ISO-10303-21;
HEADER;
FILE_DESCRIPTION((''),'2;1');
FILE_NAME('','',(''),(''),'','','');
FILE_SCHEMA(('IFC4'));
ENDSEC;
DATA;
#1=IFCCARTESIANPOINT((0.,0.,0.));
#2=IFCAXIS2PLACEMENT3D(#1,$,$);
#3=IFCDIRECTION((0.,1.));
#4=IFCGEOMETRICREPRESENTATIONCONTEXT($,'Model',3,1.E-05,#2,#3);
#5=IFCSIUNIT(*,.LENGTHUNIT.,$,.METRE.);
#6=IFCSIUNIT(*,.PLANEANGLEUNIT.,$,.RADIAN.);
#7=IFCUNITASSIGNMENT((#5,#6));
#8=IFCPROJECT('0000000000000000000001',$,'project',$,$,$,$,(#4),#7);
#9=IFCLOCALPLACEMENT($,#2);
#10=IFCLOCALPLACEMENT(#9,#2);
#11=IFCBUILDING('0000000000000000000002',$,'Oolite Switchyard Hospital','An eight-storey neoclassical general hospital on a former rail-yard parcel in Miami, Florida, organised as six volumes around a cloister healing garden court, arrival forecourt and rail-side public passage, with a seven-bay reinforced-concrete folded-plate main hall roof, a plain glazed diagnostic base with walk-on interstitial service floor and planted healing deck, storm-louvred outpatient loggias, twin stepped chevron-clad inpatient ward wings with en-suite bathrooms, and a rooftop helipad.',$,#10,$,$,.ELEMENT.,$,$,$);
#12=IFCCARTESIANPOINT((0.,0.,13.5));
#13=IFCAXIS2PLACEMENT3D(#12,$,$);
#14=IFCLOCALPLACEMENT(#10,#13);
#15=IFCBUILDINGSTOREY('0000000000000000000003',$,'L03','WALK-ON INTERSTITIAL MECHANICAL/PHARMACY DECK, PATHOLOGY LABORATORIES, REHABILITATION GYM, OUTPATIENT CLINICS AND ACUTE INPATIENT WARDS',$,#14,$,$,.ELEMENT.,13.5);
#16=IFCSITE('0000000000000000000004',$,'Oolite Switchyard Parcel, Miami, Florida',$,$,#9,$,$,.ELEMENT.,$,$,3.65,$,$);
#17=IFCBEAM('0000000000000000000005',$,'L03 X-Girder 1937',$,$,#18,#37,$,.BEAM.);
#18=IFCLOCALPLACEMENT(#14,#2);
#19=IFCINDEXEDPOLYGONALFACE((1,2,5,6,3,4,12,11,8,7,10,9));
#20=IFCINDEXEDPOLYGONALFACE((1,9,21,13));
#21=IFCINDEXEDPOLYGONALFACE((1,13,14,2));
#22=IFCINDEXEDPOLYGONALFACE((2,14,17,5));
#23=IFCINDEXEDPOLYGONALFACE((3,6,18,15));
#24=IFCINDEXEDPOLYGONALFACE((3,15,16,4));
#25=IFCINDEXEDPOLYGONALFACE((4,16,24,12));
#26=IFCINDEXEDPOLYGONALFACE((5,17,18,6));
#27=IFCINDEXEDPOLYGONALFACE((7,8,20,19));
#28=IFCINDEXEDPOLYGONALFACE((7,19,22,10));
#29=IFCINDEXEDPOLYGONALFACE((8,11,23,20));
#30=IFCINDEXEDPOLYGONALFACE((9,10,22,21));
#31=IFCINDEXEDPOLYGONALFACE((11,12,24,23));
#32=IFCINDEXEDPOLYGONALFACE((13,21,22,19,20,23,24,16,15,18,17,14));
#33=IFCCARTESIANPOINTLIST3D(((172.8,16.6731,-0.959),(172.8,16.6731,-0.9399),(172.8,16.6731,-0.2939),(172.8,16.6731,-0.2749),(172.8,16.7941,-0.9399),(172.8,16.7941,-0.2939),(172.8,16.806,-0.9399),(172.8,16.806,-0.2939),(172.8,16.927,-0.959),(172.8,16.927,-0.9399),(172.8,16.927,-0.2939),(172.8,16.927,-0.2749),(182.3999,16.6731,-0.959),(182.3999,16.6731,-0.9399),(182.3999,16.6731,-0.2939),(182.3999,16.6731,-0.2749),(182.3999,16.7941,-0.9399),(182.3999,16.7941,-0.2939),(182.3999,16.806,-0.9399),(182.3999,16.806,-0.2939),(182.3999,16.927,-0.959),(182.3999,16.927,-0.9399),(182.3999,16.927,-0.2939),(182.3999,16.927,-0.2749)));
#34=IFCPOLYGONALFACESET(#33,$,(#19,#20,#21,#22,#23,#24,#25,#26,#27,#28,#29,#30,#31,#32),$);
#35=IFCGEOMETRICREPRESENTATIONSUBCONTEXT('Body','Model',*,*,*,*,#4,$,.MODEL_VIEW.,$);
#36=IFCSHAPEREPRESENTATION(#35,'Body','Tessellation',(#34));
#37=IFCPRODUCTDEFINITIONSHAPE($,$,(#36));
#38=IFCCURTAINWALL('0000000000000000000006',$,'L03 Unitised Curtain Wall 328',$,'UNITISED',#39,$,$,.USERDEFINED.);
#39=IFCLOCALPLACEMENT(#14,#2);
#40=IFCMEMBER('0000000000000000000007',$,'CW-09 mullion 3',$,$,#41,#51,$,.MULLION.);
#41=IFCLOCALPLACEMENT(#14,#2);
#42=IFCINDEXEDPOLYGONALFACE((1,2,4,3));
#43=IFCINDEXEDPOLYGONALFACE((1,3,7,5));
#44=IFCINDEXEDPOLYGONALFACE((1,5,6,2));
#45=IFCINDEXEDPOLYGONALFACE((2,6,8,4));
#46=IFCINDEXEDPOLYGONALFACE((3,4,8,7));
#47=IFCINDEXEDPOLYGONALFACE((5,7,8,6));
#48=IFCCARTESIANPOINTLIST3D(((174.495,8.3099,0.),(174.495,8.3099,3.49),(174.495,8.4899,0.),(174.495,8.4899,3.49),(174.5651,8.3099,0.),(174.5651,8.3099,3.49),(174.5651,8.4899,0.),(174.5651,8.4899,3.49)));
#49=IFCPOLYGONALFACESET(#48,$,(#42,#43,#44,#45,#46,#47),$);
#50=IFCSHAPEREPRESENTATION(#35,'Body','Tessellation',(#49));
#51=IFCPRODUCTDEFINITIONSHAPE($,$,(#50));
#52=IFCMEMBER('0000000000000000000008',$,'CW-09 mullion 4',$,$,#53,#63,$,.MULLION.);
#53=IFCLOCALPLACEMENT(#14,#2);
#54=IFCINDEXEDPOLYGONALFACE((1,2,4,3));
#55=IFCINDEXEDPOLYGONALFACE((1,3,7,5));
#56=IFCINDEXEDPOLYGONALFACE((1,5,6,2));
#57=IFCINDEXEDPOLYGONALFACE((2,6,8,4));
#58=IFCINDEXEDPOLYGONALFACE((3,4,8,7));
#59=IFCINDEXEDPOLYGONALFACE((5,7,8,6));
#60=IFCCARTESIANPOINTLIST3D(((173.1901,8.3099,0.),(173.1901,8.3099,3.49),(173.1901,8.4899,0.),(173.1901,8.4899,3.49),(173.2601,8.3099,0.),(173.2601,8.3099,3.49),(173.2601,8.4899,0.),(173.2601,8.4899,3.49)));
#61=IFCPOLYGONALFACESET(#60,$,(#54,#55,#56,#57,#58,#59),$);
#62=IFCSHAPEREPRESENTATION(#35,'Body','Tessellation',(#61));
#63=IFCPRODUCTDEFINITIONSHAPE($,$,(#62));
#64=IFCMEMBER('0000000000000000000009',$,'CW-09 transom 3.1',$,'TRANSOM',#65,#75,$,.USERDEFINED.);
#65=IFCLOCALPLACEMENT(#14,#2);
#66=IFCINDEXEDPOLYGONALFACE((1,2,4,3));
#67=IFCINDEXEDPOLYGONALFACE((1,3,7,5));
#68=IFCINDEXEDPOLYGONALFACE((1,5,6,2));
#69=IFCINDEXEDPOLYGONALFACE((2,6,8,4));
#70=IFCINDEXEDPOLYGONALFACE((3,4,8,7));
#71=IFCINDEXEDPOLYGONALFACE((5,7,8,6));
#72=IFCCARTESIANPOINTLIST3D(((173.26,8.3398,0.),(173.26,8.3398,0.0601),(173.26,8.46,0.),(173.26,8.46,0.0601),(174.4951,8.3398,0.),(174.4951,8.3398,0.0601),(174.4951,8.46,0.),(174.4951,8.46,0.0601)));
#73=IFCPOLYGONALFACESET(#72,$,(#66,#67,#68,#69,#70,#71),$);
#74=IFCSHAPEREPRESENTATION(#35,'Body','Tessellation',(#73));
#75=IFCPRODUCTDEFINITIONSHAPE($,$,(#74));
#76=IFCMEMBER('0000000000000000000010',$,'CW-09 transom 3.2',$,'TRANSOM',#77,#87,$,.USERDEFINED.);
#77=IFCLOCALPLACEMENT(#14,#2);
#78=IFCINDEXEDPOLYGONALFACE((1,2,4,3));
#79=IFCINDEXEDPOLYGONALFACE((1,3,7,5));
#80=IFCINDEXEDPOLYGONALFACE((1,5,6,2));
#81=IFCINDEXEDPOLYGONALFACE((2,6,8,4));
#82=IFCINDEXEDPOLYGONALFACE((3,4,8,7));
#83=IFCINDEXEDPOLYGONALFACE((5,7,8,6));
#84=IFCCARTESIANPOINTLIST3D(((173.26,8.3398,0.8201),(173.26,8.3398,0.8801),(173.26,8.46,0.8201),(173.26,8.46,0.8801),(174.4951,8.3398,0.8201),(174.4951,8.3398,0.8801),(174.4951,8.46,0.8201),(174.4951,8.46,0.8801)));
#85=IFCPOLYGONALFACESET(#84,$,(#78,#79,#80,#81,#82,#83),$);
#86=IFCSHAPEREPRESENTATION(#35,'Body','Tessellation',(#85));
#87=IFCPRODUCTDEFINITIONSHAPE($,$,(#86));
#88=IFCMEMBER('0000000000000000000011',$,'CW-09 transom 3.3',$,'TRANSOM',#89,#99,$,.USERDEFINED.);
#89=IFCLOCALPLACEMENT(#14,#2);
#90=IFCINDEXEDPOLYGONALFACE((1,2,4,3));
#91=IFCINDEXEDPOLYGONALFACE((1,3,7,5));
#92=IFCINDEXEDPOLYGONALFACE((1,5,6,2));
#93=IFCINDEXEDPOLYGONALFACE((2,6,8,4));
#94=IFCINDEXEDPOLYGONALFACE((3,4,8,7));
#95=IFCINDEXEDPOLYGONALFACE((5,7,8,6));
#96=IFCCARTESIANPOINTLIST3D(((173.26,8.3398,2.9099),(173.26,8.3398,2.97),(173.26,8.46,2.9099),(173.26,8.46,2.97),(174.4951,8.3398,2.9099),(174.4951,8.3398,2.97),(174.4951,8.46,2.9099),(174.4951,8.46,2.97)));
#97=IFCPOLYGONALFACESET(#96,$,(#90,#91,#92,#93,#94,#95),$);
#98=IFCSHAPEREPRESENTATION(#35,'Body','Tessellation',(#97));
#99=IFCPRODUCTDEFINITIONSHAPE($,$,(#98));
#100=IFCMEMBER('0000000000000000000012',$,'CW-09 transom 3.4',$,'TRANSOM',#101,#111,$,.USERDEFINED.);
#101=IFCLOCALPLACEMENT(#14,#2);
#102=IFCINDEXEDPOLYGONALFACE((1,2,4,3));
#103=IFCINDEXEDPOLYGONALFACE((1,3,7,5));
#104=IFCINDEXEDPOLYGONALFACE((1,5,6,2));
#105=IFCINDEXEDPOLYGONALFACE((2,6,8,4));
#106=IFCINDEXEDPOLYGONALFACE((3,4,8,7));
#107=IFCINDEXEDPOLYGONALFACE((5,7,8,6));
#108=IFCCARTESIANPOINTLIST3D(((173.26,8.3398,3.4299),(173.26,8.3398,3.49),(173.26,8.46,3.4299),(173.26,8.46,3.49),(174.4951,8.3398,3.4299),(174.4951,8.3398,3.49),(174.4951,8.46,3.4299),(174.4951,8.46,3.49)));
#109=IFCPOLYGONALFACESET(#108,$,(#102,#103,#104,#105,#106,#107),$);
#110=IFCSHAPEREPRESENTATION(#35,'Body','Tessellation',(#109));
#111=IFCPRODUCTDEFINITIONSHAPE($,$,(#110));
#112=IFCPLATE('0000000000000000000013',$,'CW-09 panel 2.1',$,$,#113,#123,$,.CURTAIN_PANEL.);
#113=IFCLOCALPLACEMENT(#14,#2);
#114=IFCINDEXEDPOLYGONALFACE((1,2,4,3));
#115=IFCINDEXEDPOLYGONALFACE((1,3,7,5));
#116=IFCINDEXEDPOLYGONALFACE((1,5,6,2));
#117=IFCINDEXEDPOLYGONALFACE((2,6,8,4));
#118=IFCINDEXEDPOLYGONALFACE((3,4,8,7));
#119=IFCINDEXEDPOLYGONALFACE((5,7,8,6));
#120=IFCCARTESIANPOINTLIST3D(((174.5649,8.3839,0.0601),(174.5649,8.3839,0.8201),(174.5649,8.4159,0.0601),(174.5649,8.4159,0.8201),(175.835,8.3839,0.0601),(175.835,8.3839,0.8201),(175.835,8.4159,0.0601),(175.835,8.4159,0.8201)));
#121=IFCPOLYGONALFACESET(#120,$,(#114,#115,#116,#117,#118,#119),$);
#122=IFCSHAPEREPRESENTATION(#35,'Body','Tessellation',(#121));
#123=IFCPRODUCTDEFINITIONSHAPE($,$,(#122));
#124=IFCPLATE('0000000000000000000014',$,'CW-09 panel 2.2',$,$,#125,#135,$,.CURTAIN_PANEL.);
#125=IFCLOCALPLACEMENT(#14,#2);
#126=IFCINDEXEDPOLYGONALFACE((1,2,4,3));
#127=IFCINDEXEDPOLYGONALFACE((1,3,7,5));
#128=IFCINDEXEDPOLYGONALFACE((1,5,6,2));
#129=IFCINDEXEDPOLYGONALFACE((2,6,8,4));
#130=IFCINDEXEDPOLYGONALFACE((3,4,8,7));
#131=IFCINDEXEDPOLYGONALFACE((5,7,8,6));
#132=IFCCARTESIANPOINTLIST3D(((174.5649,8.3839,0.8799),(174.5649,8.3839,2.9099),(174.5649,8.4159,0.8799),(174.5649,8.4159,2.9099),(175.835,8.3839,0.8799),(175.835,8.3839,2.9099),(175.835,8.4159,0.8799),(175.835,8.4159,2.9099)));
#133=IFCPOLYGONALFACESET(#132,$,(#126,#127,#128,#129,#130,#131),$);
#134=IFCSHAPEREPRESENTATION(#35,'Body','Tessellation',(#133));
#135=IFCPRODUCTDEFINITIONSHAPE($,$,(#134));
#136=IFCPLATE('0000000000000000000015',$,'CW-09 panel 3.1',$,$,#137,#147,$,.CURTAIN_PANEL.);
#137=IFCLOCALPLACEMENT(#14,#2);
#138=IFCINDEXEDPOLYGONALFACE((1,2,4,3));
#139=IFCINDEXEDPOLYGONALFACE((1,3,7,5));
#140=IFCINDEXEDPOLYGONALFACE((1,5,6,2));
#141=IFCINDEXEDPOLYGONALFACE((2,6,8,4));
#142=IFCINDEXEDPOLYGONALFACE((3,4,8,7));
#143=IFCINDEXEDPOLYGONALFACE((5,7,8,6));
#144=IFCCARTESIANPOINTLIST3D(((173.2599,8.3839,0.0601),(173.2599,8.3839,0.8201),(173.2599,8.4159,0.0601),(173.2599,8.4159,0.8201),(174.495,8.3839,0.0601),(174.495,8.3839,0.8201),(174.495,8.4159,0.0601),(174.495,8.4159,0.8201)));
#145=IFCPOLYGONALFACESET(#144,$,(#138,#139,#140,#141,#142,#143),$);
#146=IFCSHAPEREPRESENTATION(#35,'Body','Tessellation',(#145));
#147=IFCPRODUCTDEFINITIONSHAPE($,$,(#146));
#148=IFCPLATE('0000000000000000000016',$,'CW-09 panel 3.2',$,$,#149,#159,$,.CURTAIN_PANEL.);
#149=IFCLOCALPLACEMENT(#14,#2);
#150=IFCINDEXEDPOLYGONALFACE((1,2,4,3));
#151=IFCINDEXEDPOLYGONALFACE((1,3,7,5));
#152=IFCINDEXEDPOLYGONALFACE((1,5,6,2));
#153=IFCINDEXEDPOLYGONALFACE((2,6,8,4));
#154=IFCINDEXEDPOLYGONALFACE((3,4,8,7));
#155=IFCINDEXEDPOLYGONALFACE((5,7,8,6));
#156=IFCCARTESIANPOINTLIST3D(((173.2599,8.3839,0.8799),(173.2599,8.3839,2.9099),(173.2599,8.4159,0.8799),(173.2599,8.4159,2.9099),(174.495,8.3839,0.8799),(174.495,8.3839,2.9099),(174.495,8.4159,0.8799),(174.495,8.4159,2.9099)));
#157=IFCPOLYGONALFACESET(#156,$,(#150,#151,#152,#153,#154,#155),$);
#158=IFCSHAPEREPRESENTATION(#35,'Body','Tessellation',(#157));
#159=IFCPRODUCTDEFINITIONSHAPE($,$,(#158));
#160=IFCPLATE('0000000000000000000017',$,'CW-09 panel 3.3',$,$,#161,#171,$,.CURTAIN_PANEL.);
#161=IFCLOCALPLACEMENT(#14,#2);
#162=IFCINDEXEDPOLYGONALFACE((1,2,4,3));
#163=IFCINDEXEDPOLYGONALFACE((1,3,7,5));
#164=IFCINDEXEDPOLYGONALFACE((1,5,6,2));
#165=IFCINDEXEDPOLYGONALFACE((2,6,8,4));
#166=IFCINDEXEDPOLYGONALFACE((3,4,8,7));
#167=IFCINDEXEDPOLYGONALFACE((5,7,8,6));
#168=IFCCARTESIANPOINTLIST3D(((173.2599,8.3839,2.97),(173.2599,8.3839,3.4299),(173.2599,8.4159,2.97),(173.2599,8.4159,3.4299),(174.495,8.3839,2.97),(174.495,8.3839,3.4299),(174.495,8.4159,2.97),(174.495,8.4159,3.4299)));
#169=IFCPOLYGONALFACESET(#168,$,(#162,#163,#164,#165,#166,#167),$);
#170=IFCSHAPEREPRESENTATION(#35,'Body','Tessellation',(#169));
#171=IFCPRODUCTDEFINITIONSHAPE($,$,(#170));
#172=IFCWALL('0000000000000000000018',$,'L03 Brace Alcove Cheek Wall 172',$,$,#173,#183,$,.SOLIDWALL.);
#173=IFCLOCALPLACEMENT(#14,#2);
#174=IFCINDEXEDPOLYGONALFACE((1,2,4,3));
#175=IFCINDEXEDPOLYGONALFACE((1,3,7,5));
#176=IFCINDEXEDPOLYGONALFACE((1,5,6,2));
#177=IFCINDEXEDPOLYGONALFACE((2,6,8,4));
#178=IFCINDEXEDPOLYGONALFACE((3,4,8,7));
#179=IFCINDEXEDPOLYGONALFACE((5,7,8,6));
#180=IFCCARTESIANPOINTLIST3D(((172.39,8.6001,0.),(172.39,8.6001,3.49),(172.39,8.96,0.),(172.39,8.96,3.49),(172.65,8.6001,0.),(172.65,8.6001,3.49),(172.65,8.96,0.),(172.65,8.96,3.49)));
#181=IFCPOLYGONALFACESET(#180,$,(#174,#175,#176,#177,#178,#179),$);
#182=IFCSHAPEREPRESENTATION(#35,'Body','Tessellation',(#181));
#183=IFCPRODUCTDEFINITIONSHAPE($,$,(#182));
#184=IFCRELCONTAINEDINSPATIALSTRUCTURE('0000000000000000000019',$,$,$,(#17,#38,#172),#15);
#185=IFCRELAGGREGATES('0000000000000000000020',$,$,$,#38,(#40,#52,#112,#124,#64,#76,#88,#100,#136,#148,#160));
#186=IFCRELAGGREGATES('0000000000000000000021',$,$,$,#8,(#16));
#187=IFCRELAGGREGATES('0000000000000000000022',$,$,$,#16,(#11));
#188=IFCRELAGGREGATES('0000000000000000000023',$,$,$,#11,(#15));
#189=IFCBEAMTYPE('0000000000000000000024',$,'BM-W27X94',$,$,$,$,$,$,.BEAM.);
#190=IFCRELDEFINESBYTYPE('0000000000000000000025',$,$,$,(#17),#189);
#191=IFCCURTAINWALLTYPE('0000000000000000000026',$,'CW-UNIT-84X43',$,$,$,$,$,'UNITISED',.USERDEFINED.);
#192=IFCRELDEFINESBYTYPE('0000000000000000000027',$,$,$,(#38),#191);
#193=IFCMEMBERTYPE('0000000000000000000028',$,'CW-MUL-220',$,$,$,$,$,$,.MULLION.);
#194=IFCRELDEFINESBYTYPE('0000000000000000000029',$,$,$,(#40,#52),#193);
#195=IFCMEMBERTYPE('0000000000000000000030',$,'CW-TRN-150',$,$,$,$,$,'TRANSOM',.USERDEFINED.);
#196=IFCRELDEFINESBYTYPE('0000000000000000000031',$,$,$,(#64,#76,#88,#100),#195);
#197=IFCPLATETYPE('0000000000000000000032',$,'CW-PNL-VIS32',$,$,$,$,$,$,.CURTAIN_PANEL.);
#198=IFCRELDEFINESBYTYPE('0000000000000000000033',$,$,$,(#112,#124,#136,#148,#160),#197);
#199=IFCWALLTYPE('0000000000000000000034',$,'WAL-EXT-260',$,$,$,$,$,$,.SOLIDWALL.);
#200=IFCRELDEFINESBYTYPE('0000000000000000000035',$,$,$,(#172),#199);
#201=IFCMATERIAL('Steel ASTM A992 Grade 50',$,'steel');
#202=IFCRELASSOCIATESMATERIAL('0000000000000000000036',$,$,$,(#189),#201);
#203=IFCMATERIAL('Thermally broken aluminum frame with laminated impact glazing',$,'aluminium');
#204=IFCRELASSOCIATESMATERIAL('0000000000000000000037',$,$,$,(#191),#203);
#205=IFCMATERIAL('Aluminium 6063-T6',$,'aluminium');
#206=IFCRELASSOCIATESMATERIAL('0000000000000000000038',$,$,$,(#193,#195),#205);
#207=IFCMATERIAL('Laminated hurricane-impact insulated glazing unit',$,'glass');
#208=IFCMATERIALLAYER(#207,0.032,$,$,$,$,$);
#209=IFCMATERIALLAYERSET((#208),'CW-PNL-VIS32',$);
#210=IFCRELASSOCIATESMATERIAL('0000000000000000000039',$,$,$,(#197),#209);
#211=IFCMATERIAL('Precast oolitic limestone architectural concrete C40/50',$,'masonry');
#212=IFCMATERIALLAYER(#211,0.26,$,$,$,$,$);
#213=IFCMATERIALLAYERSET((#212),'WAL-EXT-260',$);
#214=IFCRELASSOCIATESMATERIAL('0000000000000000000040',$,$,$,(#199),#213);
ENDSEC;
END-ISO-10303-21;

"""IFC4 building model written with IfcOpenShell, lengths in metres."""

from ifc_helpers import new_model, si_unit, direction, frame, frame_2d, origin, origin_2d, place, context, subcontext, project, spatial, rectangle, i_section, extrude, material, layer, layer_set, material_profile, profile_set, type_object, element, aggregate, save


model = new_model("IFC4")

# Units and contexts
model_context = context("Model", 3, precision=1e-05, world=origin(), true_north=direction((0.0, 1.0)))
body_context = subcontext(model_context, "Body", "Model", "MODEL_VIEW")
ifc_project = project(units=[si_unit("LENGTHUNIT", "METRE"), si_unit("PLANEANGLEUNIT", "RADIAN")], contexts=[model_context])

# Site, building, storey
site_placement = place(None, origin())
site = spatial("IfcSite", under=ifc_project, at=site_placement, Name="Oolite Switchyard Parcel, Miami, Florida", CompositionType="ELEMENT", RefElevation=3.65)
building_placement = place(site_placement, origin())
building = spatial("IfcBuilding", under=site, at=building_placement, Name="Oolite Switchyard Hospital", Description="An eight-storey neoclassical general hospital on a former rail-yard parcel in Miami, Florida, organised as six volumes around a cloister healing garden court, arrival forecourt and rail-side public passage, with a seven-bay reinforced-concrete folded-plate main hall roof, a plain glazed diagnostic base with walk-on interstitial service floor and planted healing deck, storm-louvred outpatient loggias, twin stepped chevron-clad inpatient ward wings with en-suite bathrooms, and a rooftop helipad.", CompositionType="ELEMENT")
storey_placement = place(building_placement, frame((0.0, 0.0, 13.5)))
storey = spatial("IfcBuildingStorey", under=building, at=storey_placement, Name="L03", Description="WALK-ON INTERSTITIAL MECHANICAL/PHARMACY DECK, PATHOLOGY LABORATORIES, REHABILITATION GYM, OUTPATIENT CLINICS AND ACUTE INPATIENT WARDS", CompositionType="ELEMENT", Elevation=13.5)

# Beam
ifc_material_1 = material(Name="Steel ASTM A992 Grade 50", Category="steel")
ifc_material_profile_1 = material_profile(ifc_material_1, i_section(OverallWidth=0.2539, OverallDepth=0.6841, WebThickness=0.012, FlangeThickness=0.019, at=origin_2d()), Name="W27X94")
ifc_profile_set_1 = profile_set([ifc_material_profile_1], Name="Steel ASTM A992 Grade 50")
beam_type_1 = type_object("IfcBeamType", Name="BM-W27X94", PredefinedType="BEAM", material=ifc_profile_set_1)
for number, where, z_axis, x_axis, name in (
    (1, (172.8, 16.8, -0.6169), (1.0, 0.0, 0.0), (0.0, 1.0, 0.0), "L03 X-Girder 1937"),
):
    element("IfcBeam", number, at=place(storey_placement, frame(where, z_axis=z_axis, x_axis=x_axis)), inside=storey, type_object=beam_type_1, Name=name, PredefinedType="BEAM", context=body_context, shape_type="SweptSolid", body=[
        extrude(i_section(OverallWidth=0.2539, OverallDepth=0.6841, WebThickness=0.012, FlangeThickness=0.019, at=origin_2d()), origin(), (0.0, 0.0, 1.0), 9.5999),
    ])

# Curtain wall, members, plates
ifc_material_2 = material(Name="Thermally broken aluminum frame with laminated impact glazing", Category="aluminium")
curtain_wall_type = type_object("IfcCurtainWallType", Name="CW-UNIT-84X43", ElementType="UNITISED", PredefinedType="USERDEFINED", material=ifc_material_2)
curtain_wall_placement = place(storey_placement, origin())
curtain_wall = element("IfcCurtainWall", 2, at=curtain_wall_placement, inside=storey, type_object=curtain_wall_type, Name="L03 Unitised Curtain Wall 328", ObjectType="UNITISED", PredefinedType="USERDEFINED")
ifc_material_3 = material(Name="Aluminium 6063-T6", Category="aluminium")
ifc_material_profile_2 = material_profile(ifc_material_3, rectangle(XDim=0.1799, YDim=0.0701, at=origin_2d()), Name="CWM70X180")
ifc_profile_set_2 = profile_set([ifc_material_profile_2], Name="Aluminium 6063-T6")
member_type_1 = type_object("IfcMemberType", Name="CW-MUL-220", PredefinedType="MULLION", material=ifc_profile_set_2)
member_1_placement = place(storey_placement, frame((174.53, 8.3999, 0.0), z_axis=(0.0, 0.0, 1.0), x_axis=(0.0, -1.0, 0.0)))
member_1 = element("IfcMember", 3, at=member_1_placement, type_object=member_type_1, Name="CW-09 mullion 3", PredefinedType="MULLION", context=body_context, shape_type="SweptSolid", body=[
    extrude(rectangle(XDim=0.1799, YDim=0.0701, at=origin_2d()), origin(), (0.0, 0.0, 1.0), 3.49),
])
member_2_placement = place(storey_placement, frame((173.2251, 8.3999, 0.0), z_axis=(0.0, 0.0, 1.0), x_axis=(0.0, -1.0, 0.0)))
member_2 = element("IfcMember", 4, at=member_2_placement, type_object=member_type_1, Name="CW-09 mullion 4", PredefinedType="MULLION", context=body_context, shape_type="SweptSolid", body=[
    extrude(rectangle(XDim=0.1799, YDim=0.0701, at=origin_2d()), origin(), (0.0, 0.0, 1.0), 3.49),
])
ifc_material_profile_3 = material_profile(ifc_material_3, rectangle(XDim=0.1201, YDim=0.0601, at=origin_2d()), Name="CWT60X120")
ifc_profile_set_3 = profile_set([ifc_material_profile_3], Name="Aluminium 6063-T6")
member_type_2 = type_object("IfcMemberType", Name="CW-TRN-150", ElementType="TRANSOM", PredefinedType="USERDEFINED", material=ifc_profile_set_3)
member_3_placement = place(storey_placement, frame((174.4951, 8.3999, 0.03), z_axis=(-1.0, 0.0, 0.0), x_axis=(0.0, -1.0, 0.0)))
member_3 = element("IfcMember", 5, at=member_3_placement, type_object=member_type_2, Name="CW-09 transom 3.1", ObjectType="TRANSOM", PredefinedType="USERDEFINED", context=body_context, shape_type="SweptSolid", body=[
    extrude(rectangle(XDim=0.1201, YDim=0.0601, at=origin_2d()), origin(), (0.0, 0.0, 1.0), 1.2351),
])
member_4_placement = place(storey_placement, frame((174.4951, 8.3999, 0.8501), z_axis=(-1.0, 0.0, 0.0), x_axis=(0.0, -1.0, 0.0)))
member_4 = element("IfcMember", 6, at=member_4_placement, type_object=member_type_2, Name="CW-09 transom 3.2", ObjectType="TRANSOM", PredefinedType="USERDEFINED", context=body_context, shape_type="SweptSolid", body=[
    extrude(rectangle(XDim=0.1201, YDim=0.0601, at=origin_2d()), origin(), (0.0, 0.0, 1.0), 1.2351),
])
member_5_placement = place(storey_placement, frame((174.4951, 8.3999, 2.9399), z_axis=(-1.0, 0.0, 0.0), x_axis=(0.0, -1.0, 0.0)))
member_5 = element("IfcMember", 7, at=member_5_placement, type_object=member_type_2, Name="CW-09 transom 3.3", ObjectType="TRANSOM", PredefinedType="USERDEFINED", context=body_context, shape_type="SweptSolid", body=[
    extrude(rectangle(XDim=0.1201, YDim=0.0601, at=origin_2d()), origin(), (0.0, 0.0, 1.0), 1.2351),
])
member_6_placement = place(storey_placement, frame((174.4951, 8.3999, 3.46), z_axis=(-1.0, 0.0, 0.0), x_axis=(0.0, -1.0, 0.0)))
member_6 = element("IfcMember", 8, at=member_6_placement, type_object=member_type_2, Name="CW-09 transom 3.4", ObjectType="TRANSOM", PredefinedType="USERDEFINED", context=body_context, shape_type="SweptSolid", body=[
    extrude(rectangle(XDim=0.1201, YDim=0.0601, at=origin_2d()), origin(), (0.0, 0.0, 1.0), 1.2351),
])
ifc_material_4 = material(Name="Laminated hurricane-impact insulated glazing unit", Category="glass")
ifc_layer_1 = layer(ifc_material_4, 0.032)
ifc_layer_set_1 = layer_set([ifc_layer_1], Name="CW-PNL-VIS32")
plate_type = type_object("IfcPlateType", Name="CW-PNL-VIS32", PredefinedType="CURTAIN_PANEL", material=ifc_layer_set_1)
plate_1_placement = place(storey_placement, frame((175.2, 8.3999, 0.0601), z_axis=(0.0, 0.0, 1.0), x_axis=(-1.0, 0.0, 0.0)))
plate_1 = element("IfcPlate", 9, at=plate_1_placement, type_object=plate_type, Name="CW-09 panel 2.1", PredefinedType="CURTAIN_PANEL", context=body_context, shape_type="SweptSolid", body=[
    extrude(rectangle(XDim=1.27, YDim=0.032, at=origin_2d()), origin(), (0.0, 0.0, 1.0), 0.76),
])
plate_2_placement = place(storey_placement, frame((175.2, 8.3999, 0.8799), z_axis=(0.0, 0.0, 1.0), x_axis=(-1.0, 0.0, 0.0)))
plate_2 = element("IfcPlate", 10, at=plate_2_placement, type_object=plate_type, Name="CW-09 panel 2.2", PredefinedType="CURTAIN_PANEL", context=body_context, shape_type="SweptSolid", body=[
    extrude(rectangle(XDim=1.27, YDim=0.032, at=origin_2d()), origin(), (0.0, 0.0, 1.0), 2.03),
])
plate_3_placement = place(storey_placement, frame((173.8774, 8.3999, 0.0601), z_axis=(0.0, 0.0, 1.0), x_axis=(-1.0, 0.0, 0.0)))
plate_3 = element("IfcPlate", 11, at=plate_3_placement, type_object=plate_type, Name="CW-09 panel 3.1", PredefinedType="CURTAIN_PANEL", context=body_context, shape_type="SweptSolid", body=[
    extrude(rectangle(XDim=1.2351, YDim=0.032, at=origin_2d()), origin(), (0.0, 0.0, 1.0), 0.76),
])
plate_4_placement = place(storey_placement, frame((173.8774, 8.3999, 0.8799), z_axis=(0.0, 0.0, 1.0), x_axis=(-1.0, 0.0, 0.0)))
plate_4 = element("IfcPlate", 12, at=plate_4_placement, type_object=plate_type, Name="CW-09 panel 3.2", PredefinedType="CURTAIN_PANEL", context=body_context, shape_type="SweptSolid", body=[
    extrude(rectangle(XDim=1.2351, YDim=0.032, at=origin_2d()), origin(), (0.0, 0.0, 1.0), 2.03),
])
plate_5_placement = place(storey_placement, frame((173.8774, 8.3999, 2.97), z_axis=(0.0, 0.0, 1.0), x_axis=(-1.0, 0.0, 0.0)))
plate_5 = element("IfcPlate", 13, at=plate_5_placement, type_object=plate_type, Name="CW-09 panel 3.3", PredefinedType="CURTAIN_PANEL", context=body_context, shape_type="SweptSolid", body=[
    extrude(rectangle(XDim=1.2351, YDim=0.032, at=origin_2d()), origin(), (0.0, 0.0, 1.0), 0.46),
])
aggregate(curtain_wall, [member_1, member_2, plate_1, plate_2, member_3, member_4, member_5, member_6, plate_3, plate_4, plate_5])

# Wall
ifc_material_5 = material(Name="Precast oolitic limestone architectural concrete C40/50", Category="masonry")
ifc_layer_2 = layer(ifc_material_5, 0.26)
ifc_layer_set_2 = layer_set([ifc_layer_2], Name="WAL-EXT-260")
wall_type_1 = type_object("IfcWallType", Name="WAL-EXT-260", PredefinedType="SOLIDWALL", material=ifc_layer_set_2)
wall_1_placement = place(storey_placement, frame((172.52, 8.6001, 0.0), z_axis=(0.0, 0.0, 1.0), x_axis=(0.0, 1.0, 0.0)))
element("IfcWall", 14, at=wall_1_placement, inside=storey, type_object=wall_type_1, Name="L03 Brace Alcove Cheek Wall 172", PredefinedType="SOLIDWALL", context=body_context, shape_type="SweptSolid", body=[
    extrude(rectangle(XDim=0.3599, YDim=0.26, at=frame_2d((0.1799, 0.0))), origin(), (0.0, 0.0, 1.0), 3.49),
])

save(model, "model.ifc")
